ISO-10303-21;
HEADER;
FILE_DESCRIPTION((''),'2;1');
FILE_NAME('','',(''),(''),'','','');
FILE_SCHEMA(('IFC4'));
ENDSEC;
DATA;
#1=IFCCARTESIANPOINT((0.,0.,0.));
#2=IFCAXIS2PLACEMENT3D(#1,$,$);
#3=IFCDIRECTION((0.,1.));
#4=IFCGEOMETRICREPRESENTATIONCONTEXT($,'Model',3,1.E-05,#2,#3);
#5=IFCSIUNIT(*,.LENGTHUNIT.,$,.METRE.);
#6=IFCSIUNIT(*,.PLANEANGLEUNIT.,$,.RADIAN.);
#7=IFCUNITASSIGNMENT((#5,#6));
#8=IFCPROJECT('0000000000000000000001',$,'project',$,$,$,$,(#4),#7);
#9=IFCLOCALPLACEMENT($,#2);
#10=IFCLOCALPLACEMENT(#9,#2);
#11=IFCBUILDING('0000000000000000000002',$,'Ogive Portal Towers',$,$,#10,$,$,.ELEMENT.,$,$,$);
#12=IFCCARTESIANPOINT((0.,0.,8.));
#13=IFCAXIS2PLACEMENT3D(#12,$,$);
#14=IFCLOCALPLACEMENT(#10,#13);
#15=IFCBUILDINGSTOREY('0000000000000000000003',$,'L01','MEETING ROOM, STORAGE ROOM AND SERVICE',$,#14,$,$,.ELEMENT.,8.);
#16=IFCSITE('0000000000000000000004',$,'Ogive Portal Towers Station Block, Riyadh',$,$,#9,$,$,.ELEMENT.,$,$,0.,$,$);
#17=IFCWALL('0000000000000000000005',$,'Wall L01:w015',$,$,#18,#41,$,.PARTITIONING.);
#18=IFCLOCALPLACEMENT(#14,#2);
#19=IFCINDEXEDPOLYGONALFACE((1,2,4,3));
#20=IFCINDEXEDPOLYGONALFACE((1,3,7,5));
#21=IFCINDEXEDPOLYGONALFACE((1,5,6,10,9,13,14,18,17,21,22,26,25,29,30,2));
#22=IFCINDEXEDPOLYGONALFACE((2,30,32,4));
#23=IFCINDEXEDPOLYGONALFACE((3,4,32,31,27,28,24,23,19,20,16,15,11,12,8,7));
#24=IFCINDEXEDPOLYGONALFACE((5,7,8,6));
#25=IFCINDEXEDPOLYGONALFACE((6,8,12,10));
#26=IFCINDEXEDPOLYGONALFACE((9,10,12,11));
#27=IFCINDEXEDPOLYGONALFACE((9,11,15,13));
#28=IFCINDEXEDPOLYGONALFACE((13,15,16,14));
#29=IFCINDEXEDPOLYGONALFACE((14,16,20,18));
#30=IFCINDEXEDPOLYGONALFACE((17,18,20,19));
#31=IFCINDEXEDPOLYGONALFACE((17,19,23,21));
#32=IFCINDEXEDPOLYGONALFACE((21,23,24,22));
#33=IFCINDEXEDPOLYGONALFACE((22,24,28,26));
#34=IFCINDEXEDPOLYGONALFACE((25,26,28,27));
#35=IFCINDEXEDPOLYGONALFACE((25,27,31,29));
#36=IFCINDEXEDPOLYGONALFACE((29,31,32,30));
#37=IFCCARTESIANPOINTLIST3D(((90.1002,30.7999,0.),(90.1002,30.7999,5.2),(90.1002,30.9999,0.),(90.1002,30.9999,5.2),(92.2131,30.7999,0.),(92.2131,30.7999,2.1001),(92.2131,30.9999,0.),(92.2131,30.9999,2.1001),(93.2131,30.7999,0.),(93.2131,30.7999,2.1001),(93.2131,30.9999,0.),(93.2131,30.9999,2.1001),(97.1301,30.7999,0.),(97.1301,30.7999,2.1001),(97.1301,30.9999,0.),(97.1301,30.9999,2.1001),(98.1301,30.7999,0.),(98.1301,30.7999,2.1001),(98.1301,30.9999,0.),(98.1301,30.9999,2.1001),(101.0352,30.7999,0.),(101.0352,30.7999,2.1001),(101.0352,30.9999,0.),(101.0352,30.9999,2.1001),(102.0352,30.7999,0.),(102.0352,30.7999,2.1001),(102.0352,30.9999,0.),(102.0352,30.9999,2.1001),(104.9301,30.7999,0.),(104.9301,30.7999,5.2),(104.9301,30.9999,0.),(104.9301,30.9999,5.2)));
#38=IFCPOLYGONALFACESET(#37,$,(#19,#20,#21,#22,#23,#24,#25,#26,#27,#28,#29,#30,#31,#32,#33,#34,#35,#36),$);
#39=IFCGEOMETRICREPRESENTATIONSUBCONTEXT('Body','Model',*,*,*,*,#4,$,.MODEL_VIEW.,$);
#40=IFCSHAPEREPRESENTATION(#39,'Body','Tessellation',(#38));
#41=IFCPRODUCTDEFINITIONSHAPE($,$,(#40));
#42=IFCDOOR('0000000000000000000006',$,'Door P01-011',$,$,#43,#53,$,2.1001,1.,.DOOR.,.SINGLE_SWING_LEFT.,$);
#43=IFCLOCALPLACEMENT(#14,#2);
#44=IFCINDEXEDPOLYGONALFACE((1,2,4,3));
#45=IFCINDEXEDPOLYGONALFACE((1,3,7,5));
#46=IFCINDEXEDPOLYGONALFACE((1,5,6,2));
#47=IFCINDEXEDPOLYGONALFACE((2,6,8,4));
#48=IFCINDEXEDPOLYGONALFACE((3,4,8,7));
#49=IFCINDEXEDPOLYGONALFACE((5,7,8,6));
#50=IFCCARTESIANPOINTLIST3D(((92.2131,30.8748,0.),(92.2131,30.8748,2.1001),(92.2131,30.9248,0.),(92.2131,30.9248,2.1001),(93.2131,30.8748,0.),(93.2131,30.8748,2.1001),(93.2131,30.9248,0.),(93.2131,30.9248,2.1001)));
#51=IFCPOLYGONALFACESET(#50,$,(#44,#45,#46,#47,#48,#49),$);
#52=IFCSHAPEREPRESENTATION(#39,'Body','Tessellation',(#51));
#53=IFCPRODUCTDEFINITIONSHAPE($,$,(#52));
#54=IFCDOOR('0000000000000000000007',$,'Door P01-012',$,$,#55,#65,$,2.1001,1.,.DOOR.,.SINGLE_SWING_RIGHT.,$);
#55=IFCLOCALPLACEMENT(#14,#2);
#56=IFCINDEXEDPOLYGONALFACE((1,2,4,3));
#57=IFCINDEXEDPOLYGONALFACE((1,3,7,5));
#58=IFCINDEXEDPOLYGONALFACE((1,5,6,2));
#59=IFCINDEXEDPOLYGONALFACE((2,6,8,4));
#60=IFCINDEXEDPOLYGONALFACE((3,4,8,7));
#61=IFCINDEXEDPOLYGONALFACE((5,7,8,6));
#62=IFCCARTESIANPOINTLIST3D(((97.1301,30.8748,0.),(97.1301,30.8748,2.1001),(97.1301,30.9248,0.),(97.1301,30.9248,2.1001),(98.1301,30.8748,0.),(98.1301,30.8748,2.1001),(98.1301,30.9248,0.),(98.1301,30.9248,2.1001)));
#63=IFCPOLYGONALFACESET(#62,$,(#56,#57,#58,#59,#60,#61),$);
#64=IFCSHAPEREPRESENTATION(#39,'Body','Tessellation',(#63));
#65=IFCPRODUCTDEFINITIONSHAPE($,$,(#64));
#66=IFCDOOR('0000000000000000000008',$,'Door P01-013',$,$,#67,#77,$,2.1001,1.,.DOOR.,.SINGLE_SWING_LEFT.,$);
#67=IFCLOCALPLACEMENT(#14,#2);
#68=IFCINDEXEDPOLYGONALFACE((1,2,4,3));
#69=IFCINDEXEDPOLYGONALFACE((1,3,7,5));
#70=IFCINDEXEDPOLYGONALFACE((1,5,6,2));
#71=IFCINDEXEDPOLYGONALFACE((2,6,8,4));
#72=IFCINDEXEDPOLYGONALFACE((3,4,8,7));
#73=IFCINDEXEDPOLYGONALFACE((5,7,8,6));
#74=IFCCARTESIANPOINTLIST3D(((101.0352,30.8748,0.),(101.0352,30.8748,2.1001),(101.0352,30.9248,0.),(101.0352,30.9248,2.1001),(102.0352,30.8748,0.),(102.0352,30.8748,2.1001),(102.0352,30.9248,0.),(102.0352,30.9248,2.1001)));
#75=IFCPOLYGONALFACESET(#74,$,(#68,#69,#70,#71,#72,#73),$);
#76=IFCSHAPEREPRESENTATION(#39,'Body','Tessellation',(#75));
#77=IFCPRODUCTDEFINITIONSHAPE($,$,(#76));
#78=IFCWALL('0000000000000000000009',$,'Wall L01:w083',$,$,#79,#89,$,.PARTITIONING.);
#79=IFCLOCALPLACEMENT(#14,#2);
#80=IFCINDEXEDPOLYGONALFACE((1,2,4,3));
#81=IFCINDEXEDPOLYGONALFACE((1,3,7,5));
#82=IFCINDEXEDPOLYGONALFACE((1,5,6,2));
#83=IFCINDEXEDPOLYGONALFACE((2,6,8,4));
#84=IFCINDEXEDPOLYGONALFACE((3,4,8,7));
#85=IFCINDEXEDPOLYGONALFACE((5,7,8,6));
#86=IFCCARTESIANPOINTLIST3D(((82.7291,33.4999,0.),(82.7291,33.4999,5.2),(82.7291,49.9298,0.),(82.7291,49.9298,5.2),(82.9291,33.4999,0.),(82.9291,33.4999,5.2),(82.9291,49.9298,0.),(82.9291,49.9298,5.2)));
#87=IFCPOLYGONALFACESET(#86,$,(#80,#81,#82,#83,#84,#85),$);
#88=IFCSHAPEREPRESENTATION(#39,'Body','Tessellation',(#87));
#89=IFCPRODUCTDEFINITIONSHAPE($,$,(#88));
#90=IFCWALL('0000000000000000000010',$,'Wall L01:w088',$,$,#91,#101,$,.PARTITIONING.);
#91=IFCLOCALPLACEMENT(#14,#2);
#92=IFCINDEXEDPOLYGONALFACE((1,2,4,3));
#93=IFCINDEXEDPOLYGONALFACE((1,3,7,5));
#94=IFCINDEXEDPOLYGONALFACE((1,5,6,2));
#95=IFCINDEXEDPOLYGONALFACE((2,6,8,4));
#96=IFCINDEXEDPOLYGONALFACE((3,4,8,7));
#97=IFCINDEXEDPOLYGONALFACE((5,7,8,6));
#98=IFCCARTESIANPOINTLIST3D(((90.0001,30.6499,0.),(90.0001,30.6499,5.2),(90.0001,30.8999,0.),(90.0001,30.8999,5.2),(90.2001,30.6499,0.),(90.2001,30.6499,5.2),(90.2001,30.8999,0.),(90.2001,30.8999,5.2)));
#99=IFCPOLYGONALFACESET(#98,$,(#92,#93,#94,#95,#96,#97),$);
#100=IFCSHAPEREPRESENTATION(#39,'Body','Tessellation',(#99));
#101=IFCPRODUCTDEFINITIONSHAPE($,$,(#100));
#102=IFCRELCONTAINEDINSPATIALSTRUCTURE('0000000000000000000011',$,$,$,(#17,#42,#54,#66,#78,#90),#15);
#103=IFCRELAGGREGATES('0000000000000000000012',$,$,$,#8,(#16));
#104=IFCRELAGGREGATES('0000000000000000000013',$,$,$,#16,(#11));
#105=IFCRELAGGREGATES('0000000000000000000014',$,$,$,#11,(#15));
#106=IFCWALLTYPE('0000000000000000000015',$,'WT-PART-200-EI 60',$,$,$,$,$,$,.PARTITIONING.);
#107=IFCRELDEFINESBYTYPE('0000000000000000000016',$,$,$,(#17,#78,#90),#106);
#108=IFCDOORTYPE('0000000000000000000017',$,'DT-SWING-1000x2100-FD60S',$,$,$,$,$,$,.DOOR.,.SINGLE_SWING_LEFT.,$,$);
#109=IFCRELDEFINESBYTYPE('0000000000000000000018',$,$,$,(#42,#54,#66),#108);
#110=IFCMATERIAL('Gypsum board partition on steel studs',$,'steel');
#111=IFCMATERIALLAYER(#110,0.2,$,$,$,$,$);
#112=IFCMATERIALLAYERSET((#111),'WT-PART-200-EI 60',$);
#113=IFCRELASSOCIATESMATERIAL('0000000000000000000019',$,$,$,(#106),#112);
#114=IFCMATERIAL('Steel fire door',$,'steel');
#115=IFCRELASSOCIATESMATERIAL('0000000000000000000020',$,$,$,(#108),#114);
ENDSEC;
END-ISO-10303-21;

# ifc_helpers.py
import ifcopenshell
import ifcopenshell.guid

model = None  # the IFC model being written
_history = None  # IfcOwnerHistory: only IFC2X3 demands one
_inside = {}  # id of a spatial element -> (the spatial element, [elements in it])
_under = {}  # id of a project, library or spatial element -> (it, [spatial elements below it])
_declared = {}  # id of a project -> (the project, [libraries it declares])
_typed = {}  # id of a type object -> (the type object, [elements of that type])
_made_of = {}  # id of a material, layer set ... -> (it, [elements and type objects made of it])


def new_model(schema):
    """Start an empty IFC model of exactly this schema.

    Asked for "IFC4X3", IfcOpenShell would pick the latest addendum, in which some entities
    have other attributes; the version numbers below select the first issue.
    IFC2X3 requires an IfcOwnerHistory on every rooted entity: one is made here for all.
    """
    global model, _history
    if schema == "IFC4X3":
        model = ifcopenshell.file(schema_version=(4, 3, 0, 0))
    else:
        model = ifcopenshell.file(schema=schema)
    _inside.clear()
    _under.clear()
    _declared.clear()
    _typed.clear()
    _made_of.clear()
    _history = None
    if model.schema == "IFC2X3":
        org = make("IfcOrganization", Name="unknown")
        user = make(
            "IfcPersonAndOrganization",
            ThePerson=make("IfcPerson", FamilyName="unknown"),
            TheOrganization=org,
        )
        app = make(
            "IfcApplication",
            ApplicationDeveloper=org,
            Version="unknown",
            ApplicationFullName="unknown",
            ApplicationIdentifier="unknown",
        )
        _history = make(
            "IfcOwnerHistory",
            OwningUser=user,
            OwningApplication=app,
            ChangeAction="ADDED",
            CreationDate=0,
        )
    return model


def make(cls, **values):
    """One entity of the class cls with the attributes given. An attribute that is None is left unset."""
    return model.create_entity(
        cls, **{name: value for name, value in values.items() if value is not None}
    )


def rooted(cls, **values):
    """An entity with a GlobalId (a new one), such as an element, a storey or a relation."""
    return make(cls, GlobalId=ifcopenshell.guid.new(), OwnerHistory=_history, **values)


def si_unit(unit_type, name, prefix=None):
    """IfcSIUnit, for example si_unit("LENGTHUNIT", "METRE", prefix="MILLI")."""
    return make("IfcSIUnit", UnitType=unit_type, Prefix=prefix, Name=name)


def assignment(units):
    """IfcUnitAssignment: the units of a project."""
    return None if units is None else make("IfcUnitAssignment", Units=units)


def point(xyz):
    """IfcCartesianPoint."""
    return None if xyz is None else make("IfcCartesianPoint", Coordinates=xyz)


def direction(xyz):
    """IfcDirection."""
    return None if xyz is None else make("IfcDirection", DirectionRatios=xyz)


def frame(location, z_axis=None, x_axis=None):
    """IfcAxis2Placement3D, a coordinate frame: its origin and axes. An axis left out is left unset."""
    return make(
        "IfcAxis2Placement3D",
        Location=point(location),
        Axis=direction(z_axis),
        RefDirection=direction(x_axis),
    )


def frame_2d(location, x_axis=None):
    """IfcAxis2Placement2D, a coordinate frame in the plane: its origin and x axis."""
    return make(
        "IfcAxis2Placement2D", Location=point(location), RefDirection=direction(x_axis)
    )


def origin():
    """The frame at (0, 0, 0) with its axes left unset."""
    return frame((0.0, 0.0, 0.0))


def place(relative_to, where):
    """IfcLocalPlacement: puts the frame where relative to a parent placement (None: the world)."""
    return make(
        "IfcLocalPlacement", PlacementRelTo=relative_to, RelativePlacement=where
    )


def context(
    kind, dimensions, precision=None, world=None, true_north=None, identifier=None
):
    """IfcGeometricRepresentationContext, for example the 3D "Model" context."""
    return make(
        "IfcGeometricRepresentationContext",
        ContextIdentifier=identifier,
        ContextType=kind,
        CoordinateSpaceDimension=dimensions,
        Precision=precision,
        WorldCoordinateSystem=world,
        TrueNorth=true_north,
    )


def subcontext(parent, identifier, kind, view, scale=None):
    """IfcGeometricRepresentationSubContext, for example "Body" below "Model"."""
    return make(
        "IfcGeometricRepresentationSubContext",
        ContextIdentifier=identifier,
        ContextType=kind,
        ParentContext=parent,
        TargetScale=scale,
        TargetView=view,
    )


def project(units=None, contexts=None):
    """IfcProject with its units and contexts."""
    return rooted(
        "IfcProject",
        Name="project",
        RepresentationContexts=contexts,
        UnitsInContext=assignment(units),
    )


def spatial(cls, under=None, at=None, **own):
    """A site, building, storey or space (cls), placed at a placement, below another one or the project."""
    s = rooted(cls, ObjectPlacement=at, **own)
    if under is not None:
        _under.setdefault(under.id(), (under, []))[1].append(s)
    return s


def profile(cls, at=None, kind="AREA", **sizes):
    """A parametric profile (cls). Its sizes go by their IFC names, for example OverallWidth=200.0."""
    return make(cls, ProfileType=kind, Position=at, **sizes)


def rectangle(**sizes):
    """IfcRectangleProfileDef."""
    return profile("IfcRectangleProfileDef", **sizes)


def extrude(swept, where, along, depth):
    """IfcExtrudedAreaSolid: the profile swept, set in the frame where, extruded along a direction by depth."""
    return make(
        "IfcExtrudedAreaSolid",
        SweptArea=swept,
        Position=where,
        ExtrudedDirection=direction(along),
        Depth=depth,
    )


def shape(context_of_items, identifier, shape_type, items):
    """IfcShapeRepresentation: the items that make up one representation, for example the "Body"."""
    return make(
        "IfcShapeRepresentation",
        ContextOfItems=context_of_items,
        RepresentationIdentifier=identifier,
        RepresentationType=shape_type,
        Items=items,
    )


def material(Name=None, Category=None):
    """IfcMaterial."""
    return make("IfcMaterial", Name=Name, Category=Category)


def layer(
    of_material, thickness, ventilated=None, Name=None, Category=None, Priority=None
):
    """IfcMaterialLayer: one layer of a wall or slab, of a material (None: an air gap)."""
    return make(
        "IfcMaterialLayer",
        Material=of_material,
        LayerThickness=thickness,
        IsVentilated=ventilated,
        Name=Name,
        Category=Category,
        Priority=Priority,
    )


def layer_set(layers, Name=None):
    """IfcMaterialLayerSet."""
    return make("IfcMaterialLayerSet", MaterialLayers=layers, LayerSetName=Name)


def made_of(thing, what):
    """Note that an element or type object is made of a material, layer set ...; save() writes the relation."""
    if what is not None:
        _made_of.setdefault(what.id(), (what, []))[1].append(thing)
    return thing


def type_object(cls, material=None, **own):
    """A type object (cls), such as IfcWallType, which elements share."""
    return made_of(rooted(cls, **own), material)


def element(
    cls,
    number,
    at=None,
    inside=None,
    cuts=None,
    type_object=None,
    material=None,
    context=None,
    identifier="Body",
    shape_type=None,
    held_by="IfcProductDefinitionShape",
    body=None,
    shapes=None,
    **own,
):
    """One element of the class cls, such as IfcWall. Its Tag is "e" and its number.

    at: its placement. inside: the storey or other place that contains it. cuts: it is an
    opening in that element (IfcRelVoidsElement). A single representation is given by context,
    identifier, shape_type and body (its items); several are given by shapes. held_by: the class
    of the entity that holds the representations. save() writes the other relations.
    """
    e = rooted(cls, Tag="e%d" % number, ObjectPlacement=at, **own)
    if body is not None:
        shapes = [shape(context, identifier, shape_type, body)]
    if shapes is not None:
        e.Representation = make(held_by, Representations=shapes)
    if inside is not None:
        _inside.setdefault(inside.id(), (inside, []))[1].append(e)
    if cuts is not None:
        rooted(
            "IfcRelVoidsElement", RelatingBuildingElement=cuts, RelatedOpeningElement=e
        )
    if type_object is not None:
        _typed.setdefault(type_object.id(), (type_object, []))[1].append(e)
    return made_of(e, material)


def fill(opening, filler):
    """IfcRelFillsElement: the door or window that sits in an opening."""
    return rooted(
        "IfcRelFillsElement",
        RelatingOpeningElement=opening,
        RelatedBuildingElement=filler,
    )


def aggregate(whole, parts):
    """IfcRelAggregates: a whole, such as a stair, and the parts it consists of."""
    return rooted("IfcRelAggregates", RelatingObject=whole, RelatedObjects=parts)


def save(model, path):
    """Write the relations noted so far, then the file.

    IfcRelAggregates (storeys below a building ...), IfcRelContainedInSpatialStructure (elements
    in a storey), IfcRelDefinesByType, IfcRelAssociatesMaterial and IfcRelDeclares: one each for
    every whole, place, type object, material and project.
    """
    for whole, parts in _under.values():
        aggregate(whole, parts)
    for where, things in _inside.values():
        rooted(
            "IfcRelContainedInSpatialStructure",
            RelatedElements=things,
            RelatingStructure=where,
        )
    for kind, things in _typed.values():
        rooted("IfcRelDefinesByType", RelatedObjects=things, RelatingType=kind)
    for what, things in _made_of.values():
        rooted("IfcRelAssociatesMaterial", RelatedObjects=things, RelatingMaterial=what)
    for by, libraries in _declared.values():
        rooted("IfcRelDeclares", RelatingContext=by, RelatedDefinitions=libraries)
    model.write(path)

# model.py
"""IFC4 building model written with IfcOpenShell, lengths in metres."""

from ifc_helpers import new_model, si_unit, direction, frame, frame_2d, origin, place, context, subcontext, project, spatial, rectangle, extrude, material, layer, layer_set, type_object, element, fill, save


model = new_model("IFC4")

# Units and contexts
model_context = context("Model", 3, precision=1e-05, world=origin(), true_north=direction((0.0, 1.0)))
body_context = subcontext(model_context, "Body", "Model", "MODEL_VIEW")
ifc_project = project(units=[si_unit("LENGTHUNIT", "METRE"), si_unit("PLANEANGLEUNIT", "RADIAN")], contexts=[model_context])

# Site, building, storey
site_placement = place(None, origin())
site = spatial("IfcSite", under=ifc_project, at=site_placement, Name="Ogive Portal Towers Station Block, Riyadh", CompositionType="ELEMENT", RefElevation=0.0)
building_placement = place(site_placement, origin())
building = spatial("IfcBuilding", under=site, at=building_placement, Name="Ogive Portal Towers", CompositionType="ELEMENT")
storey_placement = place(building_placement, frame((0.0, 0.0, 8.0)))
storey = spatial("IfcBuildingStorey", under=building, at=storey_placement, Name="L01", Description="MEETING ROOM, STORAGE ROOM AND SERVICE", CompositionType="ELEMENT", Elevation=8.0)

# Shared definitions
ifc_material_1 = material(Name="Gypsum board partition on steel studs", Category="steel")
ifc_layer_1 = layer(ifc_material_1, 0.2)
ifc_layer_set_1 = layer_set([ifc_layer_1], Name="WT-PART-200-EI 60")
wall_type_1 = type_object("IfcWallType", Name="WT-PART-200-EI 60", PredefinedType="PARTITIONING", material=ifc_layer_set_1)

# Wall, openings, doors
wall_1_placement = place(storey_placement, frame((90.1001, 30.8999, 0.0), z_axis=(0.0, 0.0, 1.0), x_axis=(1.0, 0.0, 0.0)))
wall_1 = element("IfcWall", 1, at=wall_1_placement, inside=storey, type_object=wall_type_1, Name="Wall L01:w015", PredefinedType="PARTITIONING", context=body_context, shape_type="SweptSolid", body=[
    extrude(rectangle(XDim=14.8298, YDim=0.2, at=frame_2d((7.415, 0.0))), origin(), (0.0, 0.0, 1.0), 5.2),
])
opening_1_placement = place(wall_1_placement, frame((2.113, 0.0, 0.0)))
opening_1 = element("IfcOpeningElement", 2, at=opening_1_placement, cuts=wall_1, PredefinedType="OPENING", context=body_context, shape_type="SweptSolid", body=[
    extrude(rectangle(XDim=1.0, YDim=2.1001, at=frame_2d((0.5, 1.05))), frame((0.0, 0.1099, 0.0), z_axis=(0.0, -1.0, 0.0), x_axis=(1.0, 0.0, 0.0)), (0.0, 0.0, 1.0), 0.22),
])
opening_2_placement = place(wall_1_placement, frame((7.03, 0.0, 0.0)))
opening_2 = element("IfcOpeningElement", 3, at=opening_2_placement, cuts=wall_1, PredefinedType="OPENING", context=body_context, shape_type="SweptSolid", body=[
    extrude(rectangle(XDim=1.0, YDim=2.1001, at=frame_2d((0.5, 1.05))), frame((0.0, 0.1099, 0.0), z_axis=(0.0, -1.0, 0.0), x_axis=(1.0, 0.0, 0.0)), (0.0, 0.0, 1.0), 0.22),
])
opening_3_placement = place(wall_1_placement, frame((10.9351, 0.0, 0.0)))
opening_3 = element("IfcOpeningElement", 4, at=opening_3_placement, cuts=wall_1, PredefinedType="OPENING", context=body_context, shape_type="SweptSolid", body=[
    extrude(rectangle(XDim=1.0, YDim=2.1001, at=frame_2d((0.5, 1.05))), frame((0.0, 0.1099, 0.0), z_axis=(0.0, -1.0, 0.0), x_axis=(1.0, 0.0, 0.0)), (0.0, 0.0, 1.0), 0.22),
])
ifc_material_2 = material(Name="Steel fire door", Category="steel")
door_type = type_object("IfcDoorType", Name="DT-SWING-1000x2100-FD60S", OperationType="SINGLE_SWING_LEFT", PredefinedType="DOOR", material=ifc_material_2)
door_1_placement = place(opening_1_placement, origin())
door_1 = element("IfcDoor", 5, at=door_1_placement, inside=storey, type_object=door_type, Name="Door P01-011", OperationType="SINGLE_SWING_LEFT", OverallHeight=2.1001, OverallWidth=1.0, PredefinedType="DOOR", context=body_context, shape_type="SweptSolid", body=[
    extrude(rectangle(XDim=1.0, YDim=2.1001, at=frame_2d((0.5, 1.05))), frame((0.0, 0.0249, 0.0), z_axis=(0.0, -1.0, 0.0), x_axis=(1.0, 0.0, 0.0)), (0.0, 0.0, 1.0), 0.05),
])
fill(opening_1, door_1)
door_2_placement = place(opening_2_placement, origin())
door_2 = element("IfcDoor", 6, at=door_2_placement, inside=storey, type_object=door_type, Name="Door P01-012", OperationType="SINGLE_SWING_RIGHT", OverallHeight=2.1001, OverallWidth=1.0, PredefinedType="DOOR", context=body_context, shape_type="SweptSolid", body=[
    extrude(rectangle(XDim=1.0, YDim=2.1001, at=frame_2d((0.5, 1.05))), frame((0.0, 0.0249, 0.0), z_axis=(0.0, -1.0, 0.0), x_axis=(1.0, 0.0, 0.0)), (0.0, 0.0, 1.0), 0.05),
])
fill(opening_2, door_2)
door_3_placement = place(opening_3_placement, origin())
door_3 = element("IfcDoor", 7, at=door_3_placement, inside=storey, type_object=door_type, Name="Door P01-013", OperationType="SINGLE_SWING_LEFT", OverallHeight=2.1001, OverallWidth=1.0, PredefinedType="DOOR", context=body_context, shape_type="SweptSolid", body=[
    extrude(rectangle(XDim=1.0, YDim=2.1001, at=frame_2d((0.5, 1.05))), frame((0.0, 0.0249, 0.0), z_axis=(0.0, -1.0, 0.0), x_axis=(1.0, 0.0, 0.0)), (0.0, 0.0, 1.0), 0.05),
])
fill(opening_3, door_3)

# Walls
wall_2_placement = place(storey_placement, frame((82.8291, 33.5, 0.0), z_axis=(0.0, 0.0, 1.0), x_axis=(0.0, 1.0, 0.0)))
element("IfcWall", 8, at=wall_2_placement, inside=storey, type_object=wall_type_1, Name="Wall L01:w083", PredefinedType="PARTITIONING", context=body_context, shape_type="SweptSolid", body=[
    extrude(rectangle(XDim=16.4299, YDim=0.2, at=frame_2d((8.2148, 0.0))), origin(), (0.0, 0.0, 1.0), 5.2),
])
wall_3_placement = place(storey_placement, frame((90.1001, 30.6499, 0.0), z_axis=(0.0, 0.0, 1.0), x_axis=(0.0, 1.0, 0.0)))
element("IfcWall", 9, at=wall_3_placement, inside=storey, type_object=wall_type_1, Name="Wall L01:w088", PredefinedType="PARTITIONING", context=body_context, shape_type="SweptSolid", body=[
    extrude(rectangle(XDim=0.25, YDim=0.2, at=frame_2d((0.125, 0.0))), origin(), (0.0, 0.0, 1.0), 5.2),
])

save(model, "model.ifc")
